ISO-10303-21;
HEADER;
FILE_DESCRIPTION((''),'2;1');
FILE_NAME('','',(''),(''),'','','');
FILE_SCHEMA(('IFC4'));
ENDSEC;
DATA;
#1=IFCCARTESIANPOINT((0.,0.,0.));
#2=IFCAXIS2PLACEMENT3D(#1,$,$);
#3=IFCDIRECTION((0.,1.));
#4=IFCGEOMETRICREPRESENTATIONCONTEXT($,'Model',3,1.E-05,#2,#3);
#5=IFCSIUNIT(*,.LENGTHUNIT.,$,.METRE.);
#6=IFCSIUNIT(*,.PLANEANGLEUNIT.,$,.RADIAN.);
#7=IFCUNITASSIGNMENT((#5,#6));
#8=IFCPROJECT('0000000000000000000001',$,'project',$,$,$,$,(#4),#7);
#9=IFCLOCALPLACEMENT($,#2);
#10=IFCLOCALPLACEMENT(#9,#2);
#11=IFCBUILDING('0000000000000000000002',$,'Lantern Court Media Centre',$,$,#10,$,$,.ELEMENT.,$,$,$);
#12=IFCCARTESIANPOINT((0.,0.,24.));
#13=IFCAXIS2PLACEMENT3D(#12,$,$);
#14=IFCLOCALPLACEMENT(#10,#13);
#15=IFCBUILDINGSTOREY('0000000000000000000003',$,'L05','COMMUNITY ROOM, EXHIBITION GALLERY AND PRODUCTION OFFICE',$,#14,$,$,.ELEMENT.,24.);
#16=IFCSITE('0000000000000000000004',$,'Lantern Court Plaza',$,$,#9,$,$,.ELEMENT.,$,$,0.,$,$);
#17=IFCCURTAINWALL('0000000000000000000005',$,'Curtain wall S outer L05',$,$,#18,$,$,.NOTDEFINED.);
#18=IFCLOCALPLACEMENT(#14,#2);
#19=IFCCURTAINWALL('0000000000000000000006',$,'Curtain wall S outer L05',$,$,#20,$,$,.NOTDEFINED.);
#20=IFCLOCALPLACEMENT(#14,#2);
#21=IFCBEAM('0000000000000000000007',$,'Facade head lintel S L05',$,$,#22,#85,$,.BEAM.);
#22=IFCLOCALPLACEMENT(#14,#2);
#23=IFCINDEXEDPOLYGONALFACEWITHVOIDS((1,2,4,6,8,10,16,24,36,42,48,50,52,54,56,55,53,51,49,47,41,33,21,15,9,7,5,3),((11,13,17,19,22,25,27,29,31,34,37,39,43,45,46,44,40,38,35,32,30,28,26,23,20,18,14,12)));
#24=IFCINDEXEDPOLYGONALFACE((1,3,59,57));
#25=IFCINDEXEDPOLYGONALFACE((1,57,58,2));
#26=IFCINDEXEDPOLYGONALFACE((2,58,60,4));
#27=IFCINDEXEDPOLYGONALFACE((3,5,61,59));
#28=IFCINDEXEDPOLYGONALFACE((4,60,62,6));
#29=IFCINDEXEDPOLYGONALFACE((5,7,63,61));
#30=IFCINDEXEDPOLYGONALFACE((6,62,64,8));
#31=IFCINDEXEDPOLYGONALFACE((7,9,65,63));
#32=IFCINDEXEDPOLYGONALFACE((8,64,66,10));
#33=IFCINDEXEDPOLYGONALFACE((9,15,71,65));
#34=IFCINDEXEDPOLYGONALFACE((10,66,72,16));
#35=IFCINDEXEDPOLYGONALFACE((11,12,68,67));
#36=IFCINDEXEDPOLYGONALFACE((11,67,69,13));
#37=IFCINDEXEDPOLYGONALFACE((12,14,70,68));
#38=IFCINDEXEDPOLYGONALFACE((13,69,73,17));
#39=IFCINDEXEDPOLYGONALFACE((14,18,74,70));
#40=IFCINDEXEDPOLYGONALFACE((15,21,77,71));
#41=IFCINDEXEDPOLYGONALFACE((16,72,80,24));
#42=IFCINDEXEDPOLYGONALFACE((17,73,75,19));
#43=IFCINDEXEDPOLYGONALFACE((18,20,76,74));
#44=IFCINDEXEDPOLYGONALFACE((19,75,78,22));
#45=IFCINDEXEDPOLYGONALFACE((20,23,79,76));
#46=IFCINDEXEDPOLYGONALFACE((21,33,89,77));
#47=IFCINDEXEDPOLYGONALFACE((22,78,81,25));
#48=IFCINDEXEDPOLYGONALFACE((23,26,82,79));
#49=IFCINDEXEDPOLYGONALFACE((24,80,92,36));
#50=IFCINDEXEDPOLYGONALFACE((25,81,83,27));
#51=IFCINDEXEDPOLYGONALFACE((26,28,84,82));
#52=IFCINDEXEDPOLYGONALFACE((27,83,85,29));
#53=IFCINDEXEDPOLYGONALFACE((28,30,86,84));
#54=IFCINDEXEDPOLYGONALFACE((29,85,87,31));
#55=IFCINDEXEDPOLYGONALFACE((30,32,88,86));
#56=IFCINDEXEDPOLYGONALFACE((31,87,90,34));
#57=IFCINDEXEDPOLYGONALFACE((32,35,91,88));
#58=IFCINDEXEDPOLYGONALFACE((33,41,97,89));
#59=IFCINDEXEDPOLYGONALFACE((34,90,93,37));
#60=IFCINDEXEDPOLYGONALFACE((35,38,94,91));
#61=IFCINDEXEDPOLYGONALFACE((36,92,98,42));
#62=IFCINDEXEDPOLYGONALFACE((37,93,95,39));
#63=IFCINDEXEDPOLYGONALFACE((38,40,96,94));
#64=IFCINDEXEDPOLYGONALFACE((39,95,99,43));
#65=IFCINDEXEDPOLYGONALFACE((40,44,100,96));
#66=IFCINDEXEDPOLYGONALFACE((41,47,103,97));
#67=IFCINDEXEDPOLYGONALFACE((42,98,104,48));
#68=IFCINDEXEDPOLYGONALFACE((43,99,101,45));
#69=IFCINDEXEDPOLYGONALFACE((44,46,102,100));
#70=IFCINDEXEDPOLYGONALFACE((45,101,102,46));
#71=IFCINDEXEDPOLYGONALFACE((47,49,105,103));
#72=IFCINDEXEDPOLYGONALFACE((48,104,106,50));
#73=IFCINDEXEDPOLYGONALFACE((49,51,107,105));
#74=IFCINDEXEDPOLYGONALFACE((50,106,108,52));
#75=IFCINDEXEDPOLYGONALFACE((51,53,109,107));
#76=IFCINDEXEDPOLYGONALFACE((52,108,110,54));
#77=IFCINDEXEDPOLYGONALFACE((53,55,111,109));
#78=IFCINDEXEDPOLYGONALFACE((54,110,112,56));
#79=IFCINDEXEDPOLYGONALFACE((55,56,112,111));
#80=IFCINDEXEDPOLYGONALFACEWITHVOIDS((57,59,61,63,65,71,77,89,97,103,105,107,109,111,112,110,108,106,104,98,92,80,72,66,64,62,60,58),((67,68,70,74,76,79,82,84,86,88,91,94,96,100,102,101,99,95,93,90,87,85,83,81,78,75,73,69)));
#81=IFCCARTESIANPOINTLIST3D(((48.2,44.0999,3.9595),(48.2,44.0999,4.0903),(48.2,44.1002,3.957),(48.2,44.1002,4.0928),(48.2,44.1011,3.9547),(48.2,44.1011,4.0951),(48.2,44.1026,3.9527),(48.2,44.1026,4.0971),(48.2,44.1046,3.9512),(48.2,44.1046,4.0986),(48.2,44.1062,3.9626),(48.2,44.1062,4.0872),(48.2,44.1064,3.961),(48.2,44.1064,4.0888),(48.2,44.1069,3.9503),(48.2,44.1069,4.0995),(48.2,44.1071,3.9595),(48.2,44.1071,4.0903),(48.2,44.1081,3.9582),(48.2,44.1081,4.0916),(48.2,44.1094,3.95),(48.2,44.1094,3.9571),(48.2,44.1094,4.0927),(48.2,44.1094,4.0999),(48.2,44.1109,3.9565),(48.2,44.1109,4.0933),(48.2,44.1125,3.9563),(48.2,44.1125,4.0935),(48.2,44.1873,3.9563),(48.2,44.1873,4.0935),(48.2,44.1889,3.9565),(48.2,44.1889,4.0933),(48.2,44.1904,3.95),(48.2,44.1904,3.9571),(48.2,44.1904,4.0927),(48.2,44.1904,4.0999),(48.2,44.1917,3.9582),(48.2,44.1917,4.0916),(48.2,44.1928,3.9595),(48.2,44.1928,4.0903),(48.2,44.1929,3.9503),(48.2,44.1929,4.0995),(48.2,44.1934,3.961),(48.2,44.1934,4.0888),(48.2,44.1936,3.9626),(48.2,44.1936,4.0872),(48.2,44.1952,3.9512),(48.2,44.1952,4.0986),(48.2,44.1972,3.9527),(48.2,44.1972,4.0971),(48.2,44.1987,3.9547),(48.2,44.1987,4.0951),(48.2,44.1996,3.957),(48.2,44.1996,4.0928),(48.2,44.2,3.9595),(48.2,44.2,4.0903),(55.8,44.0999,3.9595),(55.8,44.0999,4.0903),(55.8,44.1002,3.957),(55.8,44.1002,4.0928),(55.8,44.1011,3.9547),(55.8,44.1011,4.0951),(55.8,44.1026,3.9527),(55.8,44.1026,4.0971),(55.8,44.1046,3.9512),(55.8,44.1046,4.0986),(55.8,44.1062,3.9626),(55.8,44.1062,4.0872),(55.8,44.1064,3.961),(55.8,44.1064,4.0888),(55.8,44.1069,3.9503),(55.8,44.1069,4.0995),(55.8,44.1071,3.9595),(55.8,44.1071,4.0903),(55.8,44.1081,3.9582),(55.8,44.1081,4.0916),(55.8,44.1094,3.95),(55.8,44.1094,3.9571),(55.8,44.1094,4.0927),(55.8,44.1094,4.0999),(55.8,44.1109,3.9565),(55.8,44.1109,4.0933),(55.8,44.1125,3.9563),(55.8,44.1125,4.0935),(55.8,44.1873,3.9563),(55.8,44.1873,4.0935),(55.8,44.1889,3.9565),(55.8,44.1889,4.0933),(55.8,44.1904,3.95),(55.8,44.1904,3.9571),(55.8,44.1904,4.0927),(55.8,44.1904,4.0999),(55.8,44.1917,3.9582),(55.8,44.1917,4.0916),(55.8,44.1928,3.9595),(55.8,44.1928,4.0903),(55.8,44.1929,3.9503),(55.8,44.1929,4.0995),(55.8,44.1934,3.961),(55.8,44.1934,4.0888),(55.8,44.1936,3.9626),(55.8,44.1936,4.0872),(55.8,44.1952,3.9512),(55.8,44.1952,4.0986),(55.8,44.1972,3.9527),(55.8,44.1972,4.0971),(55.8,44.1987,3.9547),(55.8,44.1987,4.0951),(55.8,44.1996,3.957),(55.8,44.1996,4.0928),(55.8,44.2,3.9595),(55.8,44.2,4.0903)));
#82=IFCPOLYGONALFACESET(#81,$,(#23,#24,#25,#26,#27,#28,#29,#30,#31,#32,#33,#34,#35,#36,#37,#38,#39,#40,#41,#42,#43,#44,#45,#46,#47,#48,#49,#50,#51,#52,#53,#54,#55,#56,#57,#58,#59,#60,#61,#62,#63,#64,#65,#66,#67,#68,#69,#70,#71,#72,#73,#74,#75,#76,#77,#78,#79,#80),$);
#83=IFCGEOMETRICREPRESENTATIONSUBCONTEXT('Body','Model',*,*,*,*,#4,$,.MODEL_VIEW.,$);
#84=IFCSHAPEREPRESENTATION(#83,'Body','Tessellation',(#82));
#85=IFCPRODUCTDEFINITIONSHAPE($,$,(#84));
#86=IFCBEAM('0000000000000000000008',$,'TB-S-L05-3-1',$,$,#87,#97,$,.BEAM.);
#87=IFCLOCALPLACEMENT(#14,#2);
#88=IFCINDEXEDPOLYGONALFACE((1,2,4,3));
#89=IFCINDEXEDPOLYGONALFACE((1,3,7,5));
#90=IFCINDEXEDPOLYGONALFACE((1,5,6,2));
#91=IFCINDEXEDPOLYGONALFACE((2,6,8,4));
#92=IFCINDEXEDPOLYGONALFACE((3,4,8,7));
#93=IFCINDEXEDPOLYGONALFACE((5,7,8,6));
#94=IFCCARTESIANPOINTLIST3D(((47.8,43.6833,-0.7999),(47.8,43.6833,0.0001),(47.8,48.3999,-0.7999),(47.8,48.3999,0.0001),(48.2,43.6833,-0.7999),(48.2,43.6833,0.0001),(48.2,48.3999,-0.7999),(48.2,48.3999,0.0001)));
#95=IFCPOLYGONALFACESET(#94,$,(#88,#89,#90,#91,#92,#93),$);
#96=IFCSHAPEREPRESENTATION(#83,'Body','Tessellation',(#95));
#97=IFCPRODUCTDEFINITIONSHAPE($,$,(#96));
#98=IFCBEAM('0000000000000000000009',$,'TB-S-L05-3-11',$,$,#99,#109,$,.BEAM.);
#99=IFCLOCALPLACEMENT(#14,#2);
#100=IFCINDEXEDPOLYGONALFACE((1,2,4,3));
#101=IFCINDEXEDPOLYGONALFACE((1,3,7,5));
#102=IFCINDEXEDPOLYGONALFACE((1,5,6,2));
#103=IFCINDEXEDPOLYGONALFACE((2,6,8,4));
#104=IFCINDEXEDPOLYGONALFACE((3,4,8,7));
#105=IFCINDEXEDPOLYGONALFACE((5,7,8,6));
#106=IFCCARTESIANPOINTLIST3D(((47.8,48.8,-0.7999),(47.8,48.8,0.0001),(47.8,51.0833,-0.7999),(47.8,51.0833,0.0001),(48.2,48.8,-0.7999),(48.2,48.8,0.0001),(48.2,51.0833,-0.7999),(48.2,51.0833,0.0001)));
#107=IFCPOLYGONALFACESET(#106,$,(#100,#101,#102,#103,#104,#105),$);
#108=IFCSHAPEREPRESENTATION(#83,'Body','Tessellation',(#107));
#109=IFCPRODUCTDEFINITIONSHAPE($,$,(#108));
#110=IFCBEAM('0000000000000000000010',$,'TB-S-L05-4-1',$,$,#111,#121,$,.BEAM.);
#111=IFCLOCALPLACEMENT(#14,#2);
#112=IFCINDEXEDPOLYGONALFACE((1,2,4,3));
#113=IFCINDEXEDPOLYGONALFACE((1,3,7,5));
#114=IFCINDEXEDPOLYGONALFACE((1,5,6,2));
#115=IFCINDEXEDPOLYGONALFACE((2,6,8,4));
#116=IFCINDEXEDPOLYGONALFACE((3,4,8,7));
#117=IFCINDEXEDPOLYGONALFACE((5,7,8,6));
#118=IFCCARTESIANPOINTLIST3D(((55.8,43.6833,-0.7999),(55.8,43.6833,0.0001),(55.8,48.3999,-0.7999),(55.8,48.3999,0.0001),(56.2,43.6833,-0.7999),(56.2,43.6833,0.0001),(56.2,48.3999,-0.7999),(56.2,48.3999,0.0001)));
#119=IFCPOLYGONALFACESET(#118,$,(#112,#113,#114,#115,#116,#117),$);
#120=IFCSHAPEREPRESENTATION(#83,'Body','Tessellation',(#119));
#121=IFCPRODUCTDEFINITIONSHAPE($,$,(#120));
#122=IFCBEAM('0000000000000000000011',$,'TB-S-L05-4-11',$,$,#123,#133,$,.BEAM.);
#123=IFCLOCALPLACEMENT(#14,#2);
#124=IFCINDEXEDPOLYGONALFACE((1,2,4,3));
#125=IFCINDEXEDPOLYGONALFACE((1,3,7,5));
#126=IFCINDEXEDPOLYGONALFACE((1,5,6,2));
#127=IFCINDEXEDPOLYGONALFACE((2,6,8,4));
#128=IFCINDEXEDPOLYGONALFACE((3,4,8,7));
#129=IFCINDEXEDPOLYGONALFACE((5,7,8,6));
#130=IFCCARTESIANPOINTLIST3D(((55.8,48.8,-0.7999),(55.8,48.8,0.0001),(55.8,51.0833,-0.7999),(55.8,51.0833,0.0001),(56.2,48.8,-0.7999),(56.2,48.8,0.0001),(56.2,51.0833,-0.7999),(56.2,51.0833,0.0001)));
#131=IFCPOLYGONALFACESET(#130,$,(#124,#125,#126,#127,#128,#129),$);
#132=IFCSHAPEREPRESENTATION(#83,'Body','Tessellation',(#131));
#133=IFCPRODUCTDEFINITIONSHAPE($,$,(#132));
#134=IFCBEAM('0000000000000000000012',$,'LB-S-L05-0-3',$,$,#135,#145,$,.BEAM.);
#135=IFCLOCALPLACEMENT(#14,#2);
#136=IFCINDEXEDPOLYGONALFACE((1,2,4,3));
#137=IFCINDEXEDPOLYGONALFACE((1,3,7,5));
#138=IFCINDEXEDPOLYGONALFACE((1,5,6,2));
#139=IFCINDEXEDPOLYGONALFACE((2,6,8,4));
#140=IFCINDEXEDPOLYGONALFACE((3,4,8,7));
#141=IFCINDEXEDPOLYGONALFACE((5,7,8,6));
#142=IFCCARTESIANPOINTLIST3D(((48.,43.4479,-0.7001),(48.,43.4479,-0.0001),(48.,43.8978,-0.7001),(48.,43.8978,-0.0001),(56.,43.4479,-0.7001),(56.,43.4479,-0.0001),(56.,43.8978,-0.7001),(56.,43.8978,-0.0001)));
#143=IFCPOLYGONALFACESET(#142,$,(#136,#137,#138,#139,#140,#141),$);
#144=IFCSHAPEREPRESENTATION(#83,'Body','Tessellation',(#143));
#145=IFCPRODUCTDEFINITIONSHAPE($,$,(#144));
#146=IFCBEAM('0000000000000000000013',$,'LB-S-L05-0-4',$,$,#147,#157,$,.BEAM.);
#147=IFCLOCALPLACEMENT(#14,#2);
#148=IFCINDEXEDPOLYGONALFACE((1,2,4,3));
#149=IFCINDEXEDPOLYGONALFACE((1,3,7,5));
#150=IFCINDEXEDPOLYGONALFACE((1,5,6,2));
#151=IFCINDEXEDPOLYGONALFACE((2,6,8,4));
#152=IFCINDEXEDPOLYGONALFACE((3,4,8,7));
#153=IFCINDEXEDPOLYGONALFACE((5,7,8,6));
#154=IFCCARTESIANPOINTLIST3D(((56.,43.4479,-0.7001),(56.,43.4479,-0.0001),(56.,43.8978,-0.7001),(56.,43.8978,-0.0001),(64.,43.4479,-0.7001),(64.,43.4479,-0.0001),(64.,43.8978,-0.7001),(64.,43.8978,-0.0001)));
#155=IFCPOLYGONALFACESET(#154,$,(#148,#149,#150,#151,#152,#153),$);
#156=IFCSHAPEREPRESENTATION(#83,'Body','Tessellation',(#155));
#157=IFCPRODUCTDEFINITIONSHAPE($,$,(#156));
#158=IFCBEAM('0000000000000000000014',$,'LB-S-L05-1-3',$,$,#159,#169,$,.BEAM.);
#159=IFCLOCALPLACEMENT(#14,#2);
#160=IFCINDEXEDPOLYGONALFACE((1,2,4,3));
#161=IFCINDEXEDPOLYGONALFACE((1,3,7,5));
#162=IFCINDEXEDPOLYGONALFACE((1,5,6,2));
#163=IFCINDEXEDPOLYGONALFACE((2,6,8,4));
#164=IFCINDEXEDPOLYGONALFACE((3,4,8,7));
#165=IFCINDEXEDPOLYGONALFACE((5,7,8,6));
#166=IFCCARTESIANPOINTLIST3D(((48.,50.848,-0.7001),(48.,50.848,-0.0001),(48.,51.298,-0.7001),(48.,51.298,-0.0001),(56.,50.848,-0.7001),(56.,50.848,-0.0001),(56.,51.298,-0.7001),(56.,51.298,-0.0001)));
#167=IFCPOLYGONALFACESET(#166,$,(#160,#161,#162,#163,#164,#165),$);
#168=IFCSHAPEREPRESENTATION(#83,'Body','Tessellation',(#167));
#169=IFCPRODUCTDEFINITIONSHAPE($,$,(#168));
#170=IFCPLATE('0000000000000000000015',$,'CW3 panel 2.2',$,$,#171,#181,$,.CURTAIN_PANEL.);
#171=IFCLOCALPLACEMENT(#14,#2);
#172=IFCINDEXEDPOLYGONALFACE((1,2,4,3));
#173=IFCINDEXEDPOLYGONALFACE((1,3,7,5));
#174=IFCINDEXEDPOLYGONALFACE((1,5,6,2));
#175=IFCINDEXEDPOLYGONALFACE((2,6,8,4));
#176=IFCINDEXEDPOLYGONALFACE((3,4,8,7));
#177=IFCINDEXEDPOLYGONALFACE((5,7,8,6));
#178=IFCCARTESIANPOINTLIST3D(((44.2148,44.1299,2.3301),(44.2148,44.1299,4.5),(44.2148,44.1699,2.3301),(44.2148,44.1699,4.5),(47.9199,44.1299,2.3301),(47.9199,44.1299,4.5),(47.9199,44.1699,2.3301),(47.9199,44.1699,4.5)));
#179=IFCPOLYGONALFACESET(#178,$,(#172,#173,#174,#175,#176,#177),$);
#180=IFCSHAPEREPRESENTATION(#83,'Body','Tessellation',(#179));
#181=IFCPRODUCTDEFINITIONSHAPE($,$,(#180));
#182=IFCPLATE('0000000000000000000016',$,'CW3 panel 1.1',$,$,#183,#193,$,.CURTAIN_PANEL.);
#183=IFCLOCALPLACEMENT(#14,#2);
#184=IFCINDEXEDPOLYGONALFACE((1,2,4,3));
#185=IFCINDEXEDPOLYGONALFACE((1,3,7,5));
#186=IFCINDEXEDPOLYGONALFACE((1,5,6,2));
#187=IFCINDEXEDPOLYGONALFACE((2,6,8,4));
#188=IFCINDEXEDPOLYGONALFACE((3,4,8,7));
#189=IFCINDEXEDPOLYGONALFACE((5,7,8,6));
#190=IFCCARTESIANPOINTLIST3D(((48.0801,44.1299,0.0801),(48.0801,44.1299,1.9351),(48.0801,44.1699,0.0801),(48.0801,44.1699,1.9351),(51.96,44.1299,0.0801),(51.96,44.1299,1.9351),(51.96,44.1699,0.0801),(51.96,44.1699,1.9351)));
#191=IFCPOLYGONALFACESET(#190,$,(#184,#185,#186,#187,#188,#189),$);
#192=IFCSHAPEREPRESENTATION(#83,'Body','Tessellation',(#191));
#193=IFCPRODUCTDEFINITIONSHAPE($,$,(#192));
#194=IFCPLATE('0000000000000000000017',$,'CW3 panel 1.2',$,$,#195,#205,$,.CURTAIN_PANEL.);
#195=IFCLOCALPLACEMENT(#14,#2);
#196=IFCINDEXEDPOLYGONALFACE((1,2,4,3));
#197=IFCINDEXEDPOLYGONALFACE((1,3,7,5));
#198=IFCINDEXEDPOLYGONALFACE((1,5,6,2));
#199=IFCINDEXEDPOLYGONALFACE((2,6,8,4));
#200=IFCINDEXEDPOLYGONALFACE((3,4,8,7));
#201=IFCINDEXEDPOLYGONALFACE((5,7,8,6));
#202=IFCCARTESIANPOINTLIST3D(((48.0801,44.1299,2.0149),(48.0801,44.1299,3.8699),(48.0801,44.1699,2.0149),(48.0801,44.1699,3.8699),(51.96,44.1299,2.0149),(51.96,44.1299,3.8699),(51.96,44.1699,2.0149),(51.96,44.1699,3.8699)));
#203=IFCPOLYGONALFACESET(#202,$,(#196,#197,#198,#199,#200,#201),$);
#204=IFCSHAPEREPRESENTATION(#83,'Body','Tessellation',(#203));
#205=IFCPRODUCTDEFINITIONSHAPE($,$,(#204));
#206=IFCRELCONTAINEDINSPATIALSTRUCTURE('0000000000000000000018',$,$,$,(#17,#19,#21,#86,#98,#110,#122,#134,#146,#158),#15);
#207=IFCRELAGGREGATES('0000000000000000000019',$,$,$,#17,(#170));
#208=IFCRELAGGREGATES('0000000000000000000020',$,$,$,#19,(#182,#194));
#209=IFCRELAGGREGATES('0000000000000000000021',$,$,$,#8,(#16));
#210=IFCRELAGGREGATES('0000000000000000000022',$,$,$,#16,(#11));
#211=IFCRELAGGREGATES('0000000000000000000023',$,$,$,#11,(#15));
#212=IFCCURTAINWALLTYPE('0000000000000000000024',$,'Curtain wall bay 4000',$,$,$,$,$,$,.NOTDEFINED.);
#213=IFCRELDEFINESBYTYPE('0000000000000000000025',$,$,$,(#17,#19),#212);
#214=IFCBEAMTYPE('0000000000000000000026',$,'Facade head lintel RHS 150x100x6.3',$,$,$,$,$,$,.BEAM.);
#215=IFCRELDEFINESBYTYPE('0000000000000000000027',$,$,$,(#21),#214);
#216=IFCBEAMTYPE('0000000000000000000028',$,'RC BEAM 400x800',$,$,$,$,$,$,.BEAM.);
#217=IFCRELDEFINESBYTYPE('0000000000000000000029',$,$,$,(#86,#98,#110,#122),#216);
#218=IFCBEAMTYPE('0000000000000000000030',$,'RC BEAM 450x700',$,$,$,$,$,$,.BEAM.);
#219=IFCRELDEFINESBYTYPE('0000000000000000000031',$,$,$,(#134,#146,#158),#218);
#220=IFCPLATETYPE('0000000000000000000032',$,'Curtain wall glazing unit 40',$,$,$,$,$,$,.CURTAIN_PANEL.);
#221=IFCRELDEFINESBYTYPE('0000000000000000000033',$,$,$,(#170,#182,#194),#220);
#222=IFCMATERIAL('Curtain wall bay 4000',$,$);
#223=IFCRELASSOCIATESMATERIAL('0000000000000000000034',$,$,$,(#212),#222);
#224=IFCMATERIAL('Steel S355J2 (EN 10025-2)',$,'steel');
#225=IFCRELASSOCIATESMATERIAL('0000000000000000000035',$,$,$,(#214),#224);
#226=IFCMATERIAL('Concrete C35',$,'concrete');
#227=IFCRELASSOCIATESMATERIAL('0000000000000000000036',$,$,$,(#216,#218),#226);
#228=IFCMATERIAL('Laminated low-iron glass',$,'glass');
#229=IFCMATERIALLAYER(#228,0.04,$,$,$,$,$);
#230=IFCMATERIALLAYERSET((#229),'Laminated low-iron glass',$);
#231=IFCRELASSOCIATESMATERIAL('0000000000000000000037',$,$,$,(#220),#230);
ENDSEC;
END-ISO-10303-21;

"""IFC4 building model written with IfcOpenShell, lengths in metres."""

from ifc_helpers import new_model, si_unit, direction, frame, origin, origin_2d, place, context, subcontext, project, spatial, rectangle, hollow_rectangle, extrude, material, layer, layer_set, material_profile, profile_set, type_object, element, aggregate, save


model = new_model("IFC4")

# Units and contexts
model_context = context("Model", 3, precision=1e-05, world=origin(), true_north=direction((0.0, 1.0)))
body_context = subcontext(model_context, "Body", "Model", "MODEL_VIEW")
ifc_project = project(units=[si_unit("LENGTHUNIT", "METRE"), si_unit("PLANEANGLEUNIT", "RADIAN")], contexts=[model_context])

# Site, building, storey
site_placement = place(None, origin())
site = spatial("IfcSite", under=ifc_project, at=site_placement, Name="Lantern Court Plaza", CompositionType="ELEMENT", RefElevation=0.0)
building_placement = place(site_placement, origin())
building = spatial("IfcBuilding", under=site, at=building_placement, Name="Lantern Court Media Centre", CompositionType="ELEMENT")
storey_placement = place(building_placement, frame((0.0, 0.0, 24.0)))
storey = spatial("IfcBuildingStorey", under=building, at=storey_placement, Name="L05", Description="COMMUNITY ROOM, EXHIBITION GALLERY AND PRODUCTION OFFICE", CompositionType="ELEMENT", Elevation=24.0)

# Shared definitions
ifc_material_1 = material(Name="Concrete C35", Category="concrete")

# Curtain wall
ifc_material_2 = material(Name="Curtain wall bay 4000")
curtain_wall_type = type_object("IfcCurtainWallType", Name="Curtain wall bay 4000", PredefinedType="NOTDEFINED", material=ifc_material_2)
curtain_wall_1_placement = place(storey_placement, origin())
curtain_wall_1 = element("IfcCurtainWall", 1, at=curtain_wall_1_placement, inside=storey, type_object=curtain_wall_type, Name="Curtain wall S outer L05", PredefinedType="NOTDEFINED")

# Curtain wall
curtain_wall_2_placement = place(storey_placement, origin())
curtain_wall_2 = element("IfcCurtainWall", 2, at=curtain_wall_2_placement, inside=storey, type_object=curtain_wall_type, Name="Curtain wall S outer L05", PredefinedType="NOTDEFINED")

# Beams
ifc_material_3 = material(Name="Steel S355J2 (EN 10025-2)", Category="steel")
ifc_material_profile_1 = material_profile(ifc_material_3, hollow_rectangle(XDim=0.1001, YDim=0.1499, WallThickness=0.0063, InnerFilletRadius=0.0063, OuterFilletRadius=0.0095, at=origin_2d()), Name="Facade head lintel RHS 150x100x6.3")
ifc_profile_set_1 = profile_set([ifc_material_profile_1], Name="Steel S355J2 (EN 10025-2)")
beam_type_1 = type_object("IfcBeamType", Name="Facade head lintel RHS 150x100x6.3", PredefinedType="BEAM", material=ifc_profile_set_1)
beam_1_placement = place(storey_placement, frame((48.2, 44.1499, 4.0249), z_axis=(1.0, 0.0, 0.0), x_axis=(0.0, 1.0, 0.0)))
element("IfcBeam", 3, at=beam_1_placement, inside=storey, type_object=beam_type_1, Name="Facade head lintel S L05", PredefinedType="BEAM", context=body_context, shape_type="SweptSolid", body=[
    extrude(hollow_rectangle(XDim=0.1001, YDim=0.1499, WallThickness=0.0063, InnerFilletRadius=0.0063, OuterFilletRadius=0.0095, at=origin_2d()), origin(), (0.0, 0.0, 1.0), 7.6001),
])
ifc_material_profile_2 = material_profile(ifc_material_1, rectangle(XDim=0.3999, YDim=0.8, at=origin_2d()), Name="RC 400x800")
ifc_profile_set_2 = profile_set([ifc_material_profile_2], Name="Concrete C35")
beam_type_2 = type_object("IfcBeamType", Name="RC BEAM 400x800", PredefinedType="BEAM", material=ifc_profile_set_2)
beam_2_placement = place(storey_placement, frame((48.0, 43.6833, -0.3999), z_axis=(0.0, 1.0, 0.0), x_axis=(-1.0, 0.0, 0.0)))
element("IfcBeam", 4, at=beam_2_placement, inside=storey, type_object=beam_type_2, Name="TB-S-L05-3-1", PredefinedType="BEAM", context=body_context, shape_type="SweptSolid", body=[
    extrude(rectangle(XDim=0.3999, YDim=0.8, at=origin_2d()), origin(), (0.0, 0.0, 1.0), 4.7166),
])
beam_3_placement = place(storey_placement, frame((48.0, 48.8, -0.3999), z_axis=(0.0, 1.0, 0.0), x_axis=(-1.0, 0.0, 0.0)))
element("IfcBeam", 5, at=beam_3_placement, inside=storey, type_object=beam_type_2, Name="TB-S-L05-3-11", PredefinedType="BEAM", context=body_context, shape_type="SweptSolid", body=[
    extrude(rectangle(XDim=0.3999, YDim=0.8, at=origin_2d()), origin(), (0.0, 0.0, 1.0), 2.2832),
])
beam_4_placement = place(storey_placement, frame((56.0, 43.6833, -0.3999), z_axis=(0.0, 1.0, 0.0), x_axis=(-1.0, 0.0, 0.0)))
element("IfcBeam", 6, at=beam_4_placement, inside=storey, type_object=beam_type_2, Name="TB-S-L05-4-1", PredefinedType="BEAM", context=body_context, shape_type="SweptSolid", body=[
    extrude(rectangle(XDim=0.3999, YDim=0.8, at=origin_2d()), origin(), (0.0, 0.0, 1.0), 4.7166),
])
beam_5_placement = place(storey_placement, frame((56.0, 48.8, -0.3999), z_axis=(0.0, 1.0, 0.0), x_axis=(-1.0, 0.0, 0.0)))
element("IfcBeam", 7, at=beam_5_placement, inside=storey, type_object=beam_type_2, Name="TB-S-L05-4-11", PredefinedType="BEAM", context=body_context, shape_type="SweptSolid", body=[
    extrude(rectangle(XDim=0.3999, YDim=0.8, at=origin_2d()), origin(), (0.0, 0.0, 1.0), 2.2832),
])
ifc_material_profile_3 = material_profile(ifc_material_1, rectangle(XDim=0.45, YDim=0.7, at=origin_2d()), Name="RC 450x700")
ifc_profile_set_3 = profile_set([ifc_material_profile_3], Name="Concrete C35")
beam_type_3 = type_object("IfcBeamType", Name="RC BEAM 450x700", PredefinedType="BEAM", material=ifc_profile_set_3)
for number, where, z_axis, x_axis, name in (
    (8, (48.0, 43.6729, -0.3501), (1.0, 0.0, 0.0), (0.0, 1.0, 0.0), "LB-S-L05-0-3"),
    (9, (56.0, 43.6729, -0.3501), (1.0, 0.0, 0.0), (0.0, 1.0, 0.0), "LB-S-L05-0-4"),
    (10, (48.0, 51.073, -0.3501), (1.0, 0.0, 0.0), (0.0, 1.0, 0.0), "LB-S-L05-1-3"),
):
    element("IfcBeam", number, at=place(storey_placement, frame(where, z_axis=z_axis, x_axis=x_axis)), inside=storey, type_object=beam_type_3, Name=name, PredefinedType="BEAM", context=body_context, shape_type="SweptSolid", body=[
        extrude(rectangle(XDim=0.45, YDim=0.7, at=origin_2d()), origin(), (0.0, 0.0, 1.0), 8.0),
    ])

# Plates
ifc_material_4 = material(Name="Laminated low-iron glass", Category="glass")
ifc_layer_1 = layer(ifc_material_4, 0.04)
ifc_layer_set_1 = layer_set([ifc_layer_1], Name="Laminated low-iron glass")
plate_type = type_object("IfcPlateType", Name="Curtain wall glazing unit 40", PredefinedType="CURTAIN_PANEL", material=ifc_layer_set_1)
plate_1_placement = place(storey_placement, frame((46.0674, 44.1499, 2.3301), z_axis=(0.0, 0.0, 1.0), x_axis=(1.0, 0.0, 0.0)))
plate_1 = element("IfcPlate", 11, at=plate_1_placement, type_object=plate_type, Name="CW3 panel 2.2", PredefinedType="CURTAIN_PANEL", context=body_context, shape_type="SweptSolid", body=[
    extrude(rectangle(XDim=3.7051, YDim=0.04, at=origin_2d()), origin(), (0.0, 0.0, 1.0), 2.1699),
])
aggregate(curtain_wall_1, [plate_1])
plate_2_placement = place(storey_placement, frame((50.02, 44.1499, 0.0801), z_axis=(0.0, 0.0, 1.0), x_axis=(1.0, 0.0, 0.0)))
plate_2 = element("IfcPlate", 12, at=plate_2_placement, type_object=plate_type, Name="CW3 panel 1.1", PredefinedType="CURTAIN_PANEL", context=body_context, shape_type="SweptSolid", body=[
    extrude(rectangle(XDim=3.8799, YDim=0.04, at=origin_2d()), origin(), (0.0, 0.0, 1.0), 1.855),
])
plate_3_placement = place(storey_placement, frame((50.02, 44.1499, 2.0149), z_axis=(0.0, 0.0, 1.0), x_axis=(1.0, 0.0, 0.0)))
plate_3 = element("IfcPlate", 13, at=plate_3_placement, type_object=plate_type, Name="CW3 panel 1.2", PredefinedType="CURTAIN_PANEL", context=body_context, shape_type="SweptSolid", body=[
    extrude(rectangle(XDim=3.8799, YDim=0.04, at=origin_2d()), origin(), (0.0, 0.0, 1.0), 1.855),
])
aggregate(curtain_wall_2, [plate_2, plate_3])

save(model, "model.ifc")
